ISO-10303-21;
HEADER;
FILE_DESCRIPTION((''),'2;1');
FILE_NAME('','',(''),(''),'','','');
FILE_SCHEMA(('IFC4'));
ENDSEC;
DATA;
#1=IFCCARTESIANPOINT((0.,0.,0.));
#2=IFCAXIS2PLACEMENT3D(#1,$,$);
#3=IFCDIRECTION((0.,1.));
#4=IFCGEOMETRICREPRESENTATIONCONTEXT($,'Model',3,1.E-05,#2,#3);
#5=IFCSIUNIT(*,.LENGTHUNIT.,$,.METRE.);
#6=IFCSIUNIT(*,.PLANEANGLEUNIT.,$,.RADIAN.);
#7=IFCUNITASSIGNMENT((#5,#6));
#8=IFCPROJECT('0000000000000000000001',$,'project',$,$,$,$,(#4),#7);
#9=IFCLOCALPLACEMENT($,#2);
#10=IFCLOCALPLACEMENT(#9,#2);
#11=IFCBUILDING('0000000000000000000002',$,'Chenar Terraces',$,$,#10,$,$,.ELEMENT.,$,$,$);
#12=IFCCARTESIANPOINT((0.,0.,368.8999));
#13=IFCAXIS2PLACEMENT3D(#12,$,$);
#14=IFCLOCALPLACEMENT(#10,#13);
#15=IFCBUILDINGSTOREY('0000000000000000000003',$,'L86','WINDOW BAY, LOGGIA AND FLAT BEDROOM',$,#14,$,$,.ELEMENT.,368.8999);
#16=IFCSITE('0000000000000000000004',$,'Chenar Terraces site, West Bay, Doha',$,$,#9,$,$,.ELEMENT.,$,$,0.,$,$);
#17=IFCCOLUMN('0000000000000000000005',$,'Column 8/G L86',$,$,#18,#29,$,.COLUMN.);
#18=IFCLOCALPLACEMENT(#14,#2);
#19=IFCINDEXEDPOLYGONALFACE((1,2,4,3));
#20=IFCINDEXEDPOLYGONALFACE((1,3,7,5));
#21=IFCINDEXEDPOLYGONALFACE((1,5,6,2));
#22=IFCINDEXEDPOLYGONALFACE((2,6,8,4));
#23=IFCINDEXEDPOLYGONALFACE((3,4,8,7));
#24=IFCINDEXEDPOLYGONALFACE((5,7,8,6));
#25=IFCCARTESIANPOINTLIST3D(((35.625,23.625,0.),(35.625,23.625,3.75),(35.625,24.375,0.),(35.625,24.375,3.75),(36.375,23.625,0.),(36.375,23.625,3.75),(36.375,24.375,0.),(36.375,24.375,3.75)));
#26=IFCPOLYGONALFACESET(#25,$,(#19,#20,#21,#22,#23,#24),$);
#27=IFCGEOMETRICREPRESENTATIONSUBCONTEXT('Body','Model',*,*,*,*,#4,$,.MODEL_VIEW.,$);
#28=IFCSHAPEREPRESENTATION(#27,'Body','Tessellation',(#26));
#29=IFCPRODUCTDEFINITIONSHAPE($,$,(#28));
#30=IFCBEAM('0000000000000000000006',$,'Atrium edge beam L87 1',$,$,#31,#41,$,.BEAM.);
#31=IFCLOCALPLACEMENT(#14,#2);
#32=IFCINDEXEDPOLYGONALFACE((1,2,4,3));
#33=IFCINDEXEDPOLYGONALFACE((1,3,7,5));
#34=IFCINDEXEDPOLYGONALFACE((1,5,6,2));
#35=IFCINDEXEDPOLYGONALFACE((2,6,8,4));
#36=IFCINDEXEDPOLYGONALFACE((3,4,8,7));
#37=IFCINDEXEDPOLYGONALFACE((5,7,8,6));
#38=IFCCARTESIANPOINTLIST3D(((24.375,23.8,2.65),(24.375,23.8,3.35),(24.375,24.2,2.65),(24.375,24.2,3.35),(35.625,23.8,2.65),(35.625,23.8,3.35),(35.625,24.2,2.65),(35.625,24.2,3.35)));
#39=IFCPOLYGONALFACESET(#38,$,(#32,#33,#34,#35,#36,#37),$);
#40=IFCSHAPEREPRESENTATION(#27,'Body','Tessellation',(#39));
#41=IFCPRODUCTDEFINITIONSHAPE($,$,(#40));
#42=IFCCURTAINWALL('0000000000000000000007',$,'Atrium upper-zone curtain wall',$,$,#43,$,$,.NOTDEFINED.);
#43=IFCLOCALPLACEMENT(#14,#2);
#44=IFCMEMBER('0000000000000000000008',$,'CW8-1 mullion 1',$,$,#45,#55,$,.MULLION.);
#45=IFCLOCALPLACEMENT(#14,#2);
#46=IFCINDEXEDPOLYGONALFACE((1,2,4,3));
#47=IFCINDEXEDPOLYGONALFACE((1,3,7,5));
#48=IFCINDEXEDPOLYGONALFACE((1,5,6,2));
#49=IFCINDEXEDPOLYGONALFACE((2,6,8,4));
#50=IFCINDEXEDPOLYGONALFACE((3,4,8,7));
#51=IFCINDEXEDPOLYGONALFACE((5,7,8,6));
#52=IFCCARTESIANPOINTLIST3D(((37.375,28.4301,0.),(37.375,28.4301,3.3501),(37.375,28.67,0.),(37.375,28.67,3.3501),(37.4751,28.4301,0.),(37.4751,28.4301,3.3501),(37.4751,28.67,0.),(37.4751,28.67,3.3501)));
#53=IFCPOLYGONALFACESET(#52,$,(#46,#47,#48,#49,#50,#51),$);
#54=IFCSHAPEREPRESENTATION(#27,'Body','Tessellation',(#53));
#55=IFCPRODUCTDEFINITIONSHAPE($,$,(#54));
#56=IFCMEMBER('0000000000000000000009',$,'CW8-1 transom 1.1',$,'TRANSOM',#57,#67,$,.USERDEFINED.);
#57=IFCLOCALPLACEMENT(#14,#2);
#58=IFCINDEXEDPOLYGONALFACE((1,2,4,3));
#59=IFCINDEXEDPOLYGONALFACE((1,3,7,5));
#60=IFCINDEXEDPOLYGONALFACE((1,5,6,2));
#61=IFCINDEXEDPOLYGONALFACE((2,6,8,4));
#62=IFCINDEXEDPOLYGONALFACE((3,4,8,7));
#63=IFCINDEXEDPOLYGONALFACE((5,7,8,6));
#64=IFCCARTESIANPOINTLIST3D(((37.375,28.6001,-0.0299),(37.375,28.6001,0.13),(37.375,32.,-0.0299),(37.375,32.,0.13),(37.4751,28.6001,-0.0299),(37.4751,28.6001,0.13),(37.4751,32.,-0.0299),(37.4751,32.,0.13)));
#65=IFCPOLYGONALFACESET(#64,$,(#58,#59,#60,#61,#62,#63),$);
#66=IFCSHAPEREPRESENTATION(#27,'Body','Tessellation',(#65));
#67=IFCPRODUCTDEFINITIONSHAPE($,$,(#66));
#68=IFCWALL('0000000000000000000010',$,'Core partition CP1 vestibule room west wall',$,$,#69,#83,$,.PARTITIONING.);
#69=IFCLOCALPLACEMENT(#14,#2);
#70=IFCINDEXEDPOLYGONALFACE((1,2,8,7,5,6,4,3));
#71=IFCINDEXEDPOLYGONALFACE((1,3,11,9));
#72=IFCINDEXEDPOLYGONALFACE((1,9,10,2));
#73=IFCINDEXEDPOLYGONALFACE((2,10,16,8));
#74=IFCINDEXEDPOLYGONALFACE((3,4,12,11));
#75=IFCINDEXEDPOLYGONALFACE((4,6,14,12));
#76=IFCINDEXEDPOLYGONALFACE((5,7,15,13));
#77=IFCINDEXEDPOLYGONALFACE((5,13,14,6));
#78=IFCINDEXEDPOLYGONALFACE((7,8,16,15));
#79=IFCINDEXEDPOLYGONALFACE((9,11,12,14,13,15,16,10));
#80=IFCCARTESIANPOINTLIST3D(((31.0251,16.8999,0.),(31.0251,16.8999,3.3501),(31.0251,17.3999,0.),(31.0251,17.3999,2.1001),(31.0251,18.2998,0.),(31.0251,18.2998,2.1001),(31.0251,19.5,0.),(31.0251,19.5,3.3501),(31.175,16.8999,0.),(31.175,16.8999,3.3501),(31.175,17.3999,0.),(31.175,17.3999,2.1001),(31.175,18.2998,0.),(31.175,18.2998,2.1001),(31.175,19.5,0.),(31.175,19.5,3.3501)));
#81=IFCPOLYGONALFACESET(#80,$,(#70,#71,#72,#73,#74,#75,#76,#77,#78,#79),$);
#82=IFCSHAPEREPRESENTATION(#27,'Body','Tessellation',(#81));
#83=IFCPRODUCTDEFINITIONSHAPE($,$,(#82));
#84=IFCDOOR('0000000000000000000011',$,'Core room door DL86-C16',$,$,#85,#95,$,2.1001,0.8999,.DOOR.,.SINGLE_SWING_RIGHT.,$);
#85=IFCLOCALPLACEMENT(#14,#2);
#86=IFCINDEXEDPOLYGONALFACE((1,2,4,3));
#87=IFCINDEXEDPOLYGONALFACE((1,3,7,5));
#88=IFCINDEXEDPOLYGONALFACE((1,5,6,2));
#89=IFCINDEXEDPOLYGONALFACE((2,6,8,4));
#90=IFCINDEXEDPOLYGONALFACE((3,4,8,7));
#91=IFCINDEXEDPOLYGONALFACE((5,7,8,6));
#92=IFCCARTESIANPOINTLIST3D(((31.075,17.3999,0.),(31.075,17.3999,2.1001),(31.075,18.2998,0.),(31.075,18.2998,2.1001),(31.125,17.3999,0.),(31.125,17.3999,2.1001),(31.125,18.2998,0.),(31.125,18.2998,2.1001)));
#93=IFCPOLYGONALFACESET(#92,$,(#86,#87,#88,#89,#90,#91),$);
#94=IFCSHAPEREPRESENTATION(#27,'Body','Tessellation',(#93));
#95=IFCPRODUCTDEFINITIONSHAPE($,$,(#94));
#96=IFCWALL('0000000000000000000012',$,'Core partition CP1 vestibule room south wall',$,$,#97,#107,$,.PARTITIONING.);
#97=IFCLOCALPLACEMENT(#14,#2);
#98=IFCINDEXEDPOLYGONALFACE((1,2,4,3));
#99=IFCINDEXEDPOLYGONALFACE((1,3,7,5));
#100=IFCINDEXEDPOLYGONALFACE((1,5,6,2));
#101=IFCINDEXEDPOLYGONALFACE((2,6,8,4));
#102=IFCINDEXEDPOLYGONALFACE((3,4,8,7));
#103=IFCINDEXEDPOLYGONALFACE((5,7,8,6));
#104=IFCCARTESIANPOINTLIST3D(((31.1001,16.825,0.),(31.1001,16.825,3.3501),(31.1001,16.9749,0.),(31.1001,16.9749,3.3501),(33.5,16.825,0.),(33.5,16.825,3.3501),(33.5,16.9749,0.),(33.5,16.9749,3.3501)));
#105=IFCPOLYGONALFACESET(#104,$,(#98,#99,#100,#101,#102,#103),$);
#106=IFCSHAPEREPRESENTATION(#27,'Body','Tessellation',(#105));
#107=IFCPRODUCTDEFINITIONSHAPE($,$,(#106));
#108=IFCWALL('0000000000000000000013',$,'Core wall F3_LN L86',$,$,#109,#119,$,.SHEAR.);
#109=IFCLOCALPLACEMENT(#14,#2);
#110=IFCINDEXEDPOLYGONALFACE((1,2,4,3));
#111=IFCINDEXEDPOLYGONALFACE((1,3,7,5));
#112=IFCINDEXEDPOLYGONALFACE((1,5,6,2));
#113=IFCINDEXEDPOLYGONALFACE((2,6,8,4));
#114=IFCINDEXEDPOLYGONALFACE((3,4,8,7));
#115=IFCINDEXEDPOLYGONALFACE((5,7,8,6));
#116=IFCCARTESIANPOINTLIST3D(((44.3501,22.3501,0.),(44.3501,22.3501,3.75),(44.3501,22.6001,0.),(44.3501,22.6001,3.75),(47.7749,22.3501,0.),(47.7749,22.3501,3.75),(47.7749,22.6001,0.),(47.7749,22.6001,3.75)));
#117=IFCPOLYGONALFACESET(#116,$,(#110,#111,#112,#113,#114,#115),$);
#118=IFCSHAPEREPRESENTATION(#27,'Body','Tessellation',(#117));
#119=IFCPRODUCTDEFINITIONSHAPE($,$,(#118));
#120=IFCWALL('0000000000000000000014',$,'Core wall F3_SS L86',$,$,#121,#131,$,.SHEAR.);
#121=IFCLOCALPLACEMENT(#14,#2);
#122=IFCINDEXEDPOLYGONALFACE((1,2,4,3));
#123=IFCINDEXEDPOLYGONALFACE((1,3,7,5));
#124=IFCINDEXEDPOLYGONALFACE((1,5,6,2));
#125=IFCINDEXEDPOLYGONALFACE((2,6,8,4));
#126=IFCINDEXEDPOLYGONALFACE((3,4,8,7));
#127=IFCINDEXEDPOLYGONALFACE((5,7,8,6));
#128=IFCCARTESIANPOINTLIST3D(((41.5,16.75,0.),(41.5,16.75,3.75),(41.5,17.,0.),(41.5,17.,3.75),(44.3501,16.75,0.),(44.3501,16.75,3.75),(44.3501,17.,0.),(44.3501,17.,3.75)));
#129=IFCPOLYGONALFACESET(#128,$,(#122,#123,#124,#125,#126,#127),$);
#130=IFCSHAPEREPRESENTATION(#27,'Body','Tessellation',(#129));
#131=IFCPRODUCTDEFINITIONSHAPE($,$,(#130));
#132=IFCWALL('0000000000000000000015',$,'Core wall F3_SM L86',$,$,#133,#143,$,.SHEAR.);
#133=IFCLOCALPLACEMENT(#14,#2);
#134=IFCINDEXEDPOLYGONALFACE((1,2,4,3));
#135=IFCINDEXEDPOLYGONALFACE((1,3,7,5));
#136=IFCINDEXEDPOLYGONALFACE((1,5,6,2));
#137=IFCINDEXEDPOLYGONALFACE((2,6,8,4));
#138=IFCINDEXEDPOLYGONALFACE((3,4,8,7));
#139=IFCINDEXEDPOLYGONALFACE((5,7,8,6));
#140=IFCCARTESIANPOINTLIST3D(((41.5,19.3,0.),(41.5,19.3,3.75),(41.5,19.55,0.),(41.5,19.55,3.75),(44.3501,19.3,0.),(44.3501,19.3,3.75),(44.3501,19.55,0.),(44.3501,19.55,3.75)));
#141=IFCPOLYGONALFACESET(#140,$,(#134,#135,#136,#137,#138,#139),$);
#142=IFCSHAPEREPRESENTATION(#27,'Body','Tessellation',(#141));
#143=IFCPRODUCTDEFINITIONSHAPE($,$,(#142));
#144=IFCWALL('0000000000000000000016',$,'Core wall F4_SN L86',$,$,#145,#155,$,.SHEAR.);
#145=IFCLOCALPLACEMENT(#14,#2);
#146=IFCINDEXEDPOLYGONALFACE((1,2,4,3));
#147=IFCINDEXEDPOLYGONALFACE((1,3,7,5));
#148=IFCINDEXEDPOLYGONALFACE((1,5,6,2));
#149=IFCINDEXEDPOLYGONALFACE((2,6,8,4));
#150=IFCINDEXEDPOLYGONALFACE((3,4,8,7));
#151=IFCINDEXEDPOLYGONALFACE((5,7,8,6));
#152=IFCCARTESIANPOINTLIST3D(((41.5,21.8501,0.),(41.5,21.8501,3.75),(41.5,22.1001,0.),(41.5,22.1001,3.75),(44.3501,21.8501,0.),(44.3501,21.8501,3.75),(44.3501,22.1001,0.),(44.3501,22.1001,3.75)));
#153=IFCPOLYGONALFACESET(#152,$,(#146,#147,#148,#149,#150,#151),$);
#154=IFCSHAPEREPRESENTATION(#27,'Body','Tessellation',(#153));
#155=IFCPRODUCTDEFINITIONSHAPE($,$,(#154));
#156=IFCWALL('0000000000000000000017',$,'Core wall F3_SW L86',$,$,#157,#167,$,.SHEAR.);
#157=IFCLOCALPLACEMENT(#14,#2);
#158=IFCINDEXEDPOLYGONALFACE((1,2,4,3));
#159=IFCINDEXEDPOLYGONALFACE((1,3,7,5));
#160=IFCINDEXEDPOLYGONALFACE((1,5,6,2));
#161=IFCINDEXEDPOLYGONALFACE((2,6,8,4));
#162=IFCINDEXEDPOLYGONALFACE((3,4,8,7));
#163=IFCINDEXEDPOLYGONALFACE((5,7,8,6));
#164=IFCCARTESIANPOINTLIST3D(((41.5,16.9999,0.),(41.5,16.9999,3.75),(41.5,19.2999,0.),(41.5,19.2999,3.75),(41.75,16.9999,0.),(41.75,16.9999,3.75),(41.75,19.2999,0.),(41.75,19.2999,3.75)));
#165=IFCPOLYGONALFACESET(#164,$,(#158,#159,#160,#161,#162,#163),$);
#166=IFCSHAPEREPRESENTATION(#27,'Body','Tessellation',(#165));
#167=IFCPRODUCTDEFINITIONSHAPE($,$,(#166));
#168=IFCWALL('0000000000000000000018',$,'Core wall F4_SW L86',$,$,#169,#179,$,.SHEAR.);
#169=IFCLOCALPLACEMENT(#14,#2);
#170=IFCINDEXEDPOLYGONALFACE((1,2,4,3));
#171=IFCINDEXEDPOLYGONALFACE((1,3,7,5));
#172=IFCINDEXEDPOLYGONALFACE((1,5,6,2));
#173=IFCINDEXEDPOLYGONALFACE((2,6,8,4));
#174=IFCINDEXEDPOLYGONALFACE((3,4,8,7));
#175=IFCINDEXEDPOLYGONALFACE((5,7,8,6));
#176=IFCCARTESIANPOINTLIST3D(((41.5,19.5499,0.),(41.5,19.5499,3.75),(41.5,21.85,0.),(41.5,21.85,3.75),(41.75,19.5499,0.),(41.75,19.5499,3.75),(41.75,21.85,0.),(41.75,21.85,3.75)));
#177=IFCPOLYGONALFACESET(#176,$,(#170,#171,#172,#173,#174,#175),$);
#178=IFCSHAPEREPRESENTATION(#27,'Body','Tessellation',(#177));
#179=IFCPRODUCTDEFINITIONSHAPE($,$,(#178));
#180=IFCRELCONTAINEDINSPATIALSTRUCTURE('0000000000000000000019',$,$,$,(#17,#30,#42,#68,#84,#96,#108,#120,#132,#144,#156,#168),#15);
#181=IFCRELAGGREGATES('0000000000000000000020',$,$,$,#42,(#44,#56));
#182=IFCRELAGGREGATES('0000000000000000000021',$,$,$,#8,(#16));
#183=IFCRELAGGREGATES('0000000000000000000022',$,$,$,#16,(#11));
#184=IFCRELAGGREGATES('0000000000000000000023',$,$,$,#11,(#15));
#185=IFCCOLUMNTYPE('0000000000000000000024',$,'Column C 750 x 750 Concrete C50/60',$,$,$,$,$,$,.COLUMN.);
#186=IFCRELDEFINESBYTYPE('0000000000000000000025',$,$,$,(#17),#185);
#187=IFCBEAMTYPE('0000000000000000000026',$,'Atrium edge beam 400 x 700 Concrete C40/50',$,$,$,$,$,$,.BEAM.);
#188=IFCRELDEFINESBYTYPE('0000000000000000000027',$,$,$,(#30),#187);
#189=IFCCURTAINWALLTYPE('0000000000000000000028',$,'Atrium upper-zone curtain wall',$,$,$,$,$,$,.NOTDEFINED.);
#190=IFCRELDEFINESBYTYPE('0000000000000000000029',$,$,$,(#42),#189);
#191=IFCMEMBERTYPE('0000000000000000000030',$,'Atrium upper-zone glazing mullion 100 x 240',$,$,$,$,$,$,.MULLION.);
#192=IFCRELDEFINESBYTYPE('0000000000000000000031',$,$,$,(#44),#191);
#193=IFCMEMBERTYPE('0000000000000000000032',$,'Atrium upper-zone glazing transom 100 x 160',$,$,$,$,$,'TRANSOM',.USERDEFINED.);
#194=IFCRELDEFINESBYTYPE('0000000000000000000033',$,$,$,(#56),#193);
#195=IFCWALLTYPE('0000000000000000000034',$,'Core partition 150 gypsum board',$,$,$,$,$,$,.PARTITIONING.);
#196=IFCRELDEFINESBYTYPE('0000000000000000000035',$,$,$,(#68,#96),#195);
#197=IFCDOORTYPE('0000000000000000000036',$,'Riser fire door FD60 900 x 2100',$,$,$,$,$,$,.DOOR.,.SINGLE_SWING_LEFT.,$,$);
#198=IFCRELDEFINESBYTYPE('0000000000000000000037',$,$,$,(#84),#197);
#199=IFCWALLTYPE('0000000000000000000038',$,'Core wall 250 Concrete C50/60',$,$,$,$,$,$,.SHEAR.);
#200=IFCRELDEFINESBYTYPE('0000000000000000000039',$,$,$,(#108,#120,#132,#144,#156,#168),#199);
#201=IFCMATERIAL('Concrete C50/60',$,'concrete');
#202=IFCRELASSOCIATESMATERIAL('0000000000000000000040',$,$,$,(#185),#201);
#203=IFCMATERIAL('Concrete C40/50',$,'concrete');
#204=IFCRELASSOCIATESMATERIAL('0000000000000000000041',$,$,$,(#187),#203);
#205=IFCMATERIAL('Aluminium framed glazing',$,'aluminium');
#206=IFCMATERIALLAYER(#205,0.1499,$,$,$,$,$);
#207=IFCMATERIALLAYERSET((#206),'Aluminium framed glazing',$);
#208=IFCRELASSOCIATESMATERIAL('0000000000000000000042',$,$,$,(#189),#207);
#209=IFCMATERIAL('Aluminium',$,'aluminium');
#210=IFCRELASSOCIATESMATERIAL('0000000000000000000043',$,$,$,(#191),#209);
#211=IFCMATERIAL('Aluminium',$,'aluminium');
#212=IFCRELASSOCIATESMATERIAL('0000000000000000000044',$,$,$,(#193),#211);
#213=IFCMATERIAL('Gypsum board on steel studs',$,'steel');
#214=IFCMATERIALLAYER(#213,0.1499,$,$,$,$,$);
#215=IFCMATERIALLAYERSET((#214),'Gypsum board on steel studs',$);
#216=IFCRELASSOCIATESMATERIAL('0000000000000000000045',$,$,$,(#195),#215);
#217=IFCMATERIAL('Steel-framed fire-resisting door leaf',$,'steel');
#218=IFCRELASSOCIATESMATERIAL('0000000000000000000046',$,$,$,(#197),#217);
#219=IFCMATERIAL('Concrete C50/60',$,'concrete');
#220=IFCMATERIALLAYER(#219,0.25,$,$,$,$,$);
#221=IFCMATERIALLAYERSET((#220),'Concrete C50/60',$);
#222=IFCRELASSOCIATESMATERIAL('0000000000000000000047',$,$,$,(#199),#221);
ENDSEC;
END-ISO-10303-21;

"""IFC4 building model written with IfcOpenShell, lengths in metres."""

from ifc_helpers import new_model, si_unit, direction, frame, frame_2d, origin, origin_2d, place, context, subcontext, project, spatial, rectangle, extrude, material, layer, layer_set, material_profile, profile_set, type_object, element, fill, aggregate, save


model = new_model("IFC4")

# Units and contexts
model_context = context("Model", 3, precision=1e-05, world=origin(), true_north=direction((0.0, 1.0)))
body_context = subcontext(model_context, "Body", "Model", "MODEL_VIEW")
ifc_project = project(units=[si_unit("LENGTHUNIT", "METRE"), si_unit("PLANEANGLEUNIT", "RADIAN")], contexts=[model_context])

# Site, building, storey
site_placement = place(None, origin())
site = spatial("IfcSite", under=ifc_project, at=site_placement, Name="Chenar Terraces site, West Bay, Doha", CompositionType="ELEMENT", RefElevation=0.0)
building_placement = place(site_placement, origin())
building = spatial("IfcBuilding", under=site, at=building_placement, Name="Chenar Terraces", CompositionType="ELEMENT")
storey_placement = place(building_placement, frame((0.0, 0.0, 368.8999)))
storey = spatial("IfcBuildingStorey", under=building, at=storey_placement, Name="L86", Description="WINDOW BAY, LOGGIA AND FLAT BEDROOM", CompositionType="ELEMENT", Elevation=368.8999)

# Column
ifc_material_1 = material(Name="Concrete C50/60", Category="concrete")
ifc_material_profile_1 = material_profile(ifc_material_1, rectangle(XDim=0.75, YDim=0.75, at=origin_2d()), Name="C 750 x 750")
ifc_profile_set_1 = profile_set([ifc_material_profile_1], Name="Concrete C50/60")
column_type = type_object("IfcColumnType", Name="Column C 750 x 750 Concrete C50/60", PredefinedType="COLUMN", material=ifc_profile_set_1)
column_placement = place(storey_placement, frame((36.0, 24.0, 0.0), z_axis=(0.0, 0.0, 1.0), x_axis=(1.0, 0.0, 0.0)))
element("IfcColumn", 1, at=column_placement, inside=storey, type_object=column_type, Name="Column 8/G L86", PredefinedType="COLUMN", context=body_context, shape_type="SweptSolid", body=[
    extrude(rectangle(XDim=0.75, YDim=0.75, at=origin_2d()), origin(), (0.0, 0.0, 1.0), 3.75),
])

# Beam
ifc_material_2 = material(Name="Concrete C40/50", Category="concrete")
ifc_material_profile_2 = material_profile(ifc_material_2, rectangle(XDim=0.3999, YDim=0.7, at=origin_2d()), Name="RC 400 x 700")
ifc_profile_set_2 = profile_set([ifc_material_profile_2], Name="Concrete C40/50")
beam_type = type_object("IfcBeamType", Name="Atrium edge beam 400 x 700 Concrete C40/50", PredefinedType="BEAM", material=ifc_profile_set_2)
beam_placement = place(storey_placement, frame((24.375, 24.0, 3.0), z_axis=(1.0, 0.0, 0.0), x_axis=(0.0, 1.0, 0.0)))
element("IfcBeam", 2, at=beam_placement, inside=storey, type_object=beam_type, Name="Atrium edge beam L87 1", PredefinedType="BEAM", context=body_context, shape_type="SweptSolid", body=[
    extrude(rectangle(XDim=0.3999, YDim=0.7, at=origin_2d()), origin(), (0.0, 0.0, 1.0), 11.25),
])

# Curtain wall, members
ifc_material_3 = material(Name="Aluminium framed glazing", Category="aluminium")
ifc_layer_1 = layer(ifc_material_3, 0.1499)
ifc_layer_set_1 = layer_set([ifc_layer_1], Name="Aluminium framed glazing")
curtain_wall_type = type_object("IfcCurtainWallType", Name="Atrium upper-zone curtain wall", PredefinedType="NOTDEFINED", material=ifc_layer_set_1)
curtain_wall_placement = place(storey_placement, origin())
curtain_wall = element("IfcCurtainWall", 3, at=curtain_wall_placement, inside=storey, type_object=curtain_wall_type, Name="Atrium upper-zone curtain wall", PredefinedType="NOTDEFINED")
ifc_material_4 = material(Name="Aluminium", Category="aluminium")
ifc_material_profile_3 = material_profile(ifc_material_4, rectangle(XDim=0.1001, YDim=0.24, at=origin_2d()), Name="Atrium upper-zone glazing mullion 100 x 240")
ifc_profile_set_3 = profile_set([ifc_material_profile_3], Name="Aluminium")
member_type_1 = type_object("IfcMemberType", Name="Atrium upper-zone glazing mullion 100 x 240", PredefinedType="MULLION", material=ifc_profile_set_3)
member_1_placement = place(storey_placement, frame((37.425, 28.55, 0.0), z_axis=(0.0, 0.0, 1.0), x_axis=(-1.0, 0.0, 0.0)))
member_1 = element("IfcMember", 4, at=member_1_placement, type_object=member_type_1, Name="CW8-1 mullion 1", PredefinedType="MULLION", context=body_context, shape_type="SweptSolid", body=[
    extrude(rectangle(XDim=0.1001, YDim=0.24, at=origin_2d()), origin(), (0.0, 0.0, 1.0), 3.3501),
])
ifc_material_5 = material(Name="Aluminium", Category="aluminium")
ifc_material_profile_4 = material_profile(ifc_material_5, rectangle(XDim=0.1001, YDim=0.1599, at=origin_2d()), Name="Atrium upper-zone glazing transom 100 x 160")
ifc_profile_set_4 = profile_set([ifc_material_profile_4], Name="Aluminium")
member_type_2 = type_object("IfcMemberType", Name="Atrium upper-zone glazing transom 100 x 160", ElementType="TRANSOM", PredefinedType="USERDEFINED", material=ifc_profile_set_4)
member_2_placement = place(storey_placement, frame((37.425, 28.6001, 0.05), z_axis=(0.0, 1.0, 0.0), x_axis=(-1.0, 0.0, 0.0)))
member_2 = element("IfcMember", 5, at=member_2_placement, type_object=member_type_2, Name="CW8-1 transom 1.1", ObjectType="TRANSOM", PredefinedType="USERDEFINED", context=body_context, shape_type="SweptSolid", body=[
    extrude(rectangle(XDim=0.1001, YDim=0.1599, at=origin_2d()), origin(), (0.0, 0.0, 1.0), 3.3999),
])
aggregate(curtain_wall, [member_1, member_2])

# Wall, opening, door
ifc_material_6 = material(Name="Gypsum board on steel studs", Category="steel")
ifc_layer_2 = layer(ifc_material_6, 0.1499)
ifc_layer_set_2 = layer_set([ifc_layer_2], Name="Gypsum board on steel studs")
wall_type_1 = type_object("IfcWallType", Name="Core partition 150 gypsum board", PredefinedType="PARTITIONING", material=ifc_layer_set_2)
wall_1_placement = place(storey_placement, frame((31.1001, 16.8999, 0.0), z_axis=(0.0, 0.0, 1.0), x_axis=(0.0, 1.0, 0.0)))
wall_1 = element("IfcWall", 6, at=wall_1_placement, inside=storey, type_object=wall_type_1, Name="Core partition CP1 vestibule room west wall", PredefinedType="PARTITIONING", context=body_context, shape_type="SweptSolid", body=[
    extrude(rectangle(XDim=2.6001, YDim=0.1499, at=frame_2d((1.3, 0.0))), origin(), (0.0, 0.0, 1.0), 3.3501),
])
opening_1_placement = place(wall_1_placement, frame((0.5, 0.0, 0.0)))
opening_1 = element("IfcOpeningElement", 7, at=opening_1_placement, cuts=wall_1, PredefinedType="OPENING", context=body_context, shape_type="SweptSolid", body=[
    extrude(rectangle(XDim=0.8999, YDim=2.1001, at=frame_2d((0.45, 1.05))), frame((0.0, 0.085, 0.0), z_axis=(0.0, -1.0, 0.0), x_axis=(1.0, 0.0, 0.0)), (0.0, 0.0, 1.0), 0.1699),
])
ifc_material_7 = material(Name="Steel-framed fire-resisting door leaf", Category="steel")
door_type = type_object("IfcDoorType", Name="Riser fire door FD60 900 x 2100", OperationType="SINGLE_SWING_LEFT", PredefinedType="DOOR", material=ifc_material_7)
door_placement = place(opening_1_placement, frame((0.8999, 0.0, 0.0), z_axis=(0.0, 0.0, 1.0), x_axis=(-1.0, 0.0, 0.0)))
door = element("IfcDoor", 8, at=door_placement, inside=storey, type_object=door_type, Name="Core room door DL86-C16", OperationType="SINGLE_SWING_RIGHT", OverallHeight=2.1001, OverallWidth=0.8999, PredefinedType="DOOR", context=body_context, shape_type="SweptSolid", body=[
    extrude(rectangle(XDim=0.8999, YDim=2.1001, at=frame_2d((0.45, 1.05))), frame((0.0, 0.0249, 0.0), z_axis=(0.0, -1.0, 0.0), x_axis=(1.0, 0.0, 0.0)), (0.0, 0.0, 1.0), 0.05),
])
fill(opening_1, door)

# Walls
wall_2_placement = place(storey_placement, frame((31.1001, 16.8999, 0.0), z_axis=(0.0, 0.0, 1.0), x_axis=(1.0, 0.0, 0.0)))
element("IfcWall", 9, at=wall_2_placement, inside=storey, type_object=wall_type_1, Name="Core partition CP1 vestibule room south wall", PredefinedType="PARTITIONING", context=body_context, shape_type="SweptSolid", body=[
    extrude(rectangle(XDim=2.3999, YDim=0.1499, at=frame_2d((1.2, 0.0))), origin(), (0.0, 0.0, 1.0), 3.3501),
])
ifc_material_8 = material(Name="Concrete C50/60", Category="concrete")
ifc_layer_3 = layer(ifc_material_8, 0.25)
ifc_layer_set_3 = layer_set([ifc_layer_3], Name="Concrete C50/60")
wall_type_2 = type_object("IfcWallType", Name="Core wall 250 Concrete C50/60", PredefinedType="SHEAR", material=ifc_layer_set_3)
wall_3_placement = place(storey_placement, frame((44.3501, 22.4751, 0.0), z_axis=(0.0, 0.0, 1.0), x_axis=(1.0, 0.0, 0.0)))
element("IfcWall", 10, at=wall_3_placement, inside=storey, type_object=wall_type_2, Name="Core wall F3_LN L86", PredefinedType="SHEAR", context=body_context, shape_type="SweptSolid", body=[
    extrude(rectangle(XDim=3.4248, YDim=0.25, at=frame_2d((1.7124, 0.0))), origin(), (0.0, 0.0, 1.0), 3.75),
])
for number, where, z_axis, x_axis, name in (
    (11, (41.5, 16.875, 0.0), (0.0, 0.0, 1.0), (1.0, 0.0, 0.0), "Core wall F3_SS L86"),
    (12, (41.5, 19.425, 0.0), (0.0, 0.0, 1.0), (1.0, 0.0, 0.0), "Core wall F3_SM L86"),
    (13, (41.5, 21.9751, 0.0), (0.0, 0.0, 1.0), (1.0, 0.0, 0.0), "Core wall F4_SN L86"),
):
    element("IfcWall", number, at=place(storey_placement, frame(where, z_axis=z_axis, x_axis=x_axis)), inside=storey, type_object=wall_type_2, Name=name, PredefinedType="SHEAR", context=body_context, shape_type="SweptSolid", body=[
        extrude(rectangle(XDim=2.8501, YDim=0.25, at=frame_2d((1.425, 0.0))), origin(), (0.0, 0.0, 1.0), 3.75),
    ])
for number, where, z_axis, x_axis, name in (
    (14, (41.625, 17.0, 0.0), (0.0, 0.0, 1.0), (0.0, 1.0, 0.0), "Core wall F3_SW L86"),
    (15, (41.625, 19.55, 0.0), (0.0, 0.0, 1.0), (0.0, 1.0, 0.0), "Core wall F4_SW L86"),
):
    element("IfcWall", number, at=place(storey_placement, frame(where, z_axis=z_axis, x_axis=x_axis)), inside=storey, type_object=wall_type_2, Name=name, PredefinedType="SHEAR", context=body_context, shape_type="SweptSolid", body=[
        extrude(rectangle(XDim=2.3, YDim=0.25, at=frame_2d((1.1499, 0.0))), origin(), (0.0, 0.0, 1.0), 3.75),
    ])

save(model, "model.ifc")
